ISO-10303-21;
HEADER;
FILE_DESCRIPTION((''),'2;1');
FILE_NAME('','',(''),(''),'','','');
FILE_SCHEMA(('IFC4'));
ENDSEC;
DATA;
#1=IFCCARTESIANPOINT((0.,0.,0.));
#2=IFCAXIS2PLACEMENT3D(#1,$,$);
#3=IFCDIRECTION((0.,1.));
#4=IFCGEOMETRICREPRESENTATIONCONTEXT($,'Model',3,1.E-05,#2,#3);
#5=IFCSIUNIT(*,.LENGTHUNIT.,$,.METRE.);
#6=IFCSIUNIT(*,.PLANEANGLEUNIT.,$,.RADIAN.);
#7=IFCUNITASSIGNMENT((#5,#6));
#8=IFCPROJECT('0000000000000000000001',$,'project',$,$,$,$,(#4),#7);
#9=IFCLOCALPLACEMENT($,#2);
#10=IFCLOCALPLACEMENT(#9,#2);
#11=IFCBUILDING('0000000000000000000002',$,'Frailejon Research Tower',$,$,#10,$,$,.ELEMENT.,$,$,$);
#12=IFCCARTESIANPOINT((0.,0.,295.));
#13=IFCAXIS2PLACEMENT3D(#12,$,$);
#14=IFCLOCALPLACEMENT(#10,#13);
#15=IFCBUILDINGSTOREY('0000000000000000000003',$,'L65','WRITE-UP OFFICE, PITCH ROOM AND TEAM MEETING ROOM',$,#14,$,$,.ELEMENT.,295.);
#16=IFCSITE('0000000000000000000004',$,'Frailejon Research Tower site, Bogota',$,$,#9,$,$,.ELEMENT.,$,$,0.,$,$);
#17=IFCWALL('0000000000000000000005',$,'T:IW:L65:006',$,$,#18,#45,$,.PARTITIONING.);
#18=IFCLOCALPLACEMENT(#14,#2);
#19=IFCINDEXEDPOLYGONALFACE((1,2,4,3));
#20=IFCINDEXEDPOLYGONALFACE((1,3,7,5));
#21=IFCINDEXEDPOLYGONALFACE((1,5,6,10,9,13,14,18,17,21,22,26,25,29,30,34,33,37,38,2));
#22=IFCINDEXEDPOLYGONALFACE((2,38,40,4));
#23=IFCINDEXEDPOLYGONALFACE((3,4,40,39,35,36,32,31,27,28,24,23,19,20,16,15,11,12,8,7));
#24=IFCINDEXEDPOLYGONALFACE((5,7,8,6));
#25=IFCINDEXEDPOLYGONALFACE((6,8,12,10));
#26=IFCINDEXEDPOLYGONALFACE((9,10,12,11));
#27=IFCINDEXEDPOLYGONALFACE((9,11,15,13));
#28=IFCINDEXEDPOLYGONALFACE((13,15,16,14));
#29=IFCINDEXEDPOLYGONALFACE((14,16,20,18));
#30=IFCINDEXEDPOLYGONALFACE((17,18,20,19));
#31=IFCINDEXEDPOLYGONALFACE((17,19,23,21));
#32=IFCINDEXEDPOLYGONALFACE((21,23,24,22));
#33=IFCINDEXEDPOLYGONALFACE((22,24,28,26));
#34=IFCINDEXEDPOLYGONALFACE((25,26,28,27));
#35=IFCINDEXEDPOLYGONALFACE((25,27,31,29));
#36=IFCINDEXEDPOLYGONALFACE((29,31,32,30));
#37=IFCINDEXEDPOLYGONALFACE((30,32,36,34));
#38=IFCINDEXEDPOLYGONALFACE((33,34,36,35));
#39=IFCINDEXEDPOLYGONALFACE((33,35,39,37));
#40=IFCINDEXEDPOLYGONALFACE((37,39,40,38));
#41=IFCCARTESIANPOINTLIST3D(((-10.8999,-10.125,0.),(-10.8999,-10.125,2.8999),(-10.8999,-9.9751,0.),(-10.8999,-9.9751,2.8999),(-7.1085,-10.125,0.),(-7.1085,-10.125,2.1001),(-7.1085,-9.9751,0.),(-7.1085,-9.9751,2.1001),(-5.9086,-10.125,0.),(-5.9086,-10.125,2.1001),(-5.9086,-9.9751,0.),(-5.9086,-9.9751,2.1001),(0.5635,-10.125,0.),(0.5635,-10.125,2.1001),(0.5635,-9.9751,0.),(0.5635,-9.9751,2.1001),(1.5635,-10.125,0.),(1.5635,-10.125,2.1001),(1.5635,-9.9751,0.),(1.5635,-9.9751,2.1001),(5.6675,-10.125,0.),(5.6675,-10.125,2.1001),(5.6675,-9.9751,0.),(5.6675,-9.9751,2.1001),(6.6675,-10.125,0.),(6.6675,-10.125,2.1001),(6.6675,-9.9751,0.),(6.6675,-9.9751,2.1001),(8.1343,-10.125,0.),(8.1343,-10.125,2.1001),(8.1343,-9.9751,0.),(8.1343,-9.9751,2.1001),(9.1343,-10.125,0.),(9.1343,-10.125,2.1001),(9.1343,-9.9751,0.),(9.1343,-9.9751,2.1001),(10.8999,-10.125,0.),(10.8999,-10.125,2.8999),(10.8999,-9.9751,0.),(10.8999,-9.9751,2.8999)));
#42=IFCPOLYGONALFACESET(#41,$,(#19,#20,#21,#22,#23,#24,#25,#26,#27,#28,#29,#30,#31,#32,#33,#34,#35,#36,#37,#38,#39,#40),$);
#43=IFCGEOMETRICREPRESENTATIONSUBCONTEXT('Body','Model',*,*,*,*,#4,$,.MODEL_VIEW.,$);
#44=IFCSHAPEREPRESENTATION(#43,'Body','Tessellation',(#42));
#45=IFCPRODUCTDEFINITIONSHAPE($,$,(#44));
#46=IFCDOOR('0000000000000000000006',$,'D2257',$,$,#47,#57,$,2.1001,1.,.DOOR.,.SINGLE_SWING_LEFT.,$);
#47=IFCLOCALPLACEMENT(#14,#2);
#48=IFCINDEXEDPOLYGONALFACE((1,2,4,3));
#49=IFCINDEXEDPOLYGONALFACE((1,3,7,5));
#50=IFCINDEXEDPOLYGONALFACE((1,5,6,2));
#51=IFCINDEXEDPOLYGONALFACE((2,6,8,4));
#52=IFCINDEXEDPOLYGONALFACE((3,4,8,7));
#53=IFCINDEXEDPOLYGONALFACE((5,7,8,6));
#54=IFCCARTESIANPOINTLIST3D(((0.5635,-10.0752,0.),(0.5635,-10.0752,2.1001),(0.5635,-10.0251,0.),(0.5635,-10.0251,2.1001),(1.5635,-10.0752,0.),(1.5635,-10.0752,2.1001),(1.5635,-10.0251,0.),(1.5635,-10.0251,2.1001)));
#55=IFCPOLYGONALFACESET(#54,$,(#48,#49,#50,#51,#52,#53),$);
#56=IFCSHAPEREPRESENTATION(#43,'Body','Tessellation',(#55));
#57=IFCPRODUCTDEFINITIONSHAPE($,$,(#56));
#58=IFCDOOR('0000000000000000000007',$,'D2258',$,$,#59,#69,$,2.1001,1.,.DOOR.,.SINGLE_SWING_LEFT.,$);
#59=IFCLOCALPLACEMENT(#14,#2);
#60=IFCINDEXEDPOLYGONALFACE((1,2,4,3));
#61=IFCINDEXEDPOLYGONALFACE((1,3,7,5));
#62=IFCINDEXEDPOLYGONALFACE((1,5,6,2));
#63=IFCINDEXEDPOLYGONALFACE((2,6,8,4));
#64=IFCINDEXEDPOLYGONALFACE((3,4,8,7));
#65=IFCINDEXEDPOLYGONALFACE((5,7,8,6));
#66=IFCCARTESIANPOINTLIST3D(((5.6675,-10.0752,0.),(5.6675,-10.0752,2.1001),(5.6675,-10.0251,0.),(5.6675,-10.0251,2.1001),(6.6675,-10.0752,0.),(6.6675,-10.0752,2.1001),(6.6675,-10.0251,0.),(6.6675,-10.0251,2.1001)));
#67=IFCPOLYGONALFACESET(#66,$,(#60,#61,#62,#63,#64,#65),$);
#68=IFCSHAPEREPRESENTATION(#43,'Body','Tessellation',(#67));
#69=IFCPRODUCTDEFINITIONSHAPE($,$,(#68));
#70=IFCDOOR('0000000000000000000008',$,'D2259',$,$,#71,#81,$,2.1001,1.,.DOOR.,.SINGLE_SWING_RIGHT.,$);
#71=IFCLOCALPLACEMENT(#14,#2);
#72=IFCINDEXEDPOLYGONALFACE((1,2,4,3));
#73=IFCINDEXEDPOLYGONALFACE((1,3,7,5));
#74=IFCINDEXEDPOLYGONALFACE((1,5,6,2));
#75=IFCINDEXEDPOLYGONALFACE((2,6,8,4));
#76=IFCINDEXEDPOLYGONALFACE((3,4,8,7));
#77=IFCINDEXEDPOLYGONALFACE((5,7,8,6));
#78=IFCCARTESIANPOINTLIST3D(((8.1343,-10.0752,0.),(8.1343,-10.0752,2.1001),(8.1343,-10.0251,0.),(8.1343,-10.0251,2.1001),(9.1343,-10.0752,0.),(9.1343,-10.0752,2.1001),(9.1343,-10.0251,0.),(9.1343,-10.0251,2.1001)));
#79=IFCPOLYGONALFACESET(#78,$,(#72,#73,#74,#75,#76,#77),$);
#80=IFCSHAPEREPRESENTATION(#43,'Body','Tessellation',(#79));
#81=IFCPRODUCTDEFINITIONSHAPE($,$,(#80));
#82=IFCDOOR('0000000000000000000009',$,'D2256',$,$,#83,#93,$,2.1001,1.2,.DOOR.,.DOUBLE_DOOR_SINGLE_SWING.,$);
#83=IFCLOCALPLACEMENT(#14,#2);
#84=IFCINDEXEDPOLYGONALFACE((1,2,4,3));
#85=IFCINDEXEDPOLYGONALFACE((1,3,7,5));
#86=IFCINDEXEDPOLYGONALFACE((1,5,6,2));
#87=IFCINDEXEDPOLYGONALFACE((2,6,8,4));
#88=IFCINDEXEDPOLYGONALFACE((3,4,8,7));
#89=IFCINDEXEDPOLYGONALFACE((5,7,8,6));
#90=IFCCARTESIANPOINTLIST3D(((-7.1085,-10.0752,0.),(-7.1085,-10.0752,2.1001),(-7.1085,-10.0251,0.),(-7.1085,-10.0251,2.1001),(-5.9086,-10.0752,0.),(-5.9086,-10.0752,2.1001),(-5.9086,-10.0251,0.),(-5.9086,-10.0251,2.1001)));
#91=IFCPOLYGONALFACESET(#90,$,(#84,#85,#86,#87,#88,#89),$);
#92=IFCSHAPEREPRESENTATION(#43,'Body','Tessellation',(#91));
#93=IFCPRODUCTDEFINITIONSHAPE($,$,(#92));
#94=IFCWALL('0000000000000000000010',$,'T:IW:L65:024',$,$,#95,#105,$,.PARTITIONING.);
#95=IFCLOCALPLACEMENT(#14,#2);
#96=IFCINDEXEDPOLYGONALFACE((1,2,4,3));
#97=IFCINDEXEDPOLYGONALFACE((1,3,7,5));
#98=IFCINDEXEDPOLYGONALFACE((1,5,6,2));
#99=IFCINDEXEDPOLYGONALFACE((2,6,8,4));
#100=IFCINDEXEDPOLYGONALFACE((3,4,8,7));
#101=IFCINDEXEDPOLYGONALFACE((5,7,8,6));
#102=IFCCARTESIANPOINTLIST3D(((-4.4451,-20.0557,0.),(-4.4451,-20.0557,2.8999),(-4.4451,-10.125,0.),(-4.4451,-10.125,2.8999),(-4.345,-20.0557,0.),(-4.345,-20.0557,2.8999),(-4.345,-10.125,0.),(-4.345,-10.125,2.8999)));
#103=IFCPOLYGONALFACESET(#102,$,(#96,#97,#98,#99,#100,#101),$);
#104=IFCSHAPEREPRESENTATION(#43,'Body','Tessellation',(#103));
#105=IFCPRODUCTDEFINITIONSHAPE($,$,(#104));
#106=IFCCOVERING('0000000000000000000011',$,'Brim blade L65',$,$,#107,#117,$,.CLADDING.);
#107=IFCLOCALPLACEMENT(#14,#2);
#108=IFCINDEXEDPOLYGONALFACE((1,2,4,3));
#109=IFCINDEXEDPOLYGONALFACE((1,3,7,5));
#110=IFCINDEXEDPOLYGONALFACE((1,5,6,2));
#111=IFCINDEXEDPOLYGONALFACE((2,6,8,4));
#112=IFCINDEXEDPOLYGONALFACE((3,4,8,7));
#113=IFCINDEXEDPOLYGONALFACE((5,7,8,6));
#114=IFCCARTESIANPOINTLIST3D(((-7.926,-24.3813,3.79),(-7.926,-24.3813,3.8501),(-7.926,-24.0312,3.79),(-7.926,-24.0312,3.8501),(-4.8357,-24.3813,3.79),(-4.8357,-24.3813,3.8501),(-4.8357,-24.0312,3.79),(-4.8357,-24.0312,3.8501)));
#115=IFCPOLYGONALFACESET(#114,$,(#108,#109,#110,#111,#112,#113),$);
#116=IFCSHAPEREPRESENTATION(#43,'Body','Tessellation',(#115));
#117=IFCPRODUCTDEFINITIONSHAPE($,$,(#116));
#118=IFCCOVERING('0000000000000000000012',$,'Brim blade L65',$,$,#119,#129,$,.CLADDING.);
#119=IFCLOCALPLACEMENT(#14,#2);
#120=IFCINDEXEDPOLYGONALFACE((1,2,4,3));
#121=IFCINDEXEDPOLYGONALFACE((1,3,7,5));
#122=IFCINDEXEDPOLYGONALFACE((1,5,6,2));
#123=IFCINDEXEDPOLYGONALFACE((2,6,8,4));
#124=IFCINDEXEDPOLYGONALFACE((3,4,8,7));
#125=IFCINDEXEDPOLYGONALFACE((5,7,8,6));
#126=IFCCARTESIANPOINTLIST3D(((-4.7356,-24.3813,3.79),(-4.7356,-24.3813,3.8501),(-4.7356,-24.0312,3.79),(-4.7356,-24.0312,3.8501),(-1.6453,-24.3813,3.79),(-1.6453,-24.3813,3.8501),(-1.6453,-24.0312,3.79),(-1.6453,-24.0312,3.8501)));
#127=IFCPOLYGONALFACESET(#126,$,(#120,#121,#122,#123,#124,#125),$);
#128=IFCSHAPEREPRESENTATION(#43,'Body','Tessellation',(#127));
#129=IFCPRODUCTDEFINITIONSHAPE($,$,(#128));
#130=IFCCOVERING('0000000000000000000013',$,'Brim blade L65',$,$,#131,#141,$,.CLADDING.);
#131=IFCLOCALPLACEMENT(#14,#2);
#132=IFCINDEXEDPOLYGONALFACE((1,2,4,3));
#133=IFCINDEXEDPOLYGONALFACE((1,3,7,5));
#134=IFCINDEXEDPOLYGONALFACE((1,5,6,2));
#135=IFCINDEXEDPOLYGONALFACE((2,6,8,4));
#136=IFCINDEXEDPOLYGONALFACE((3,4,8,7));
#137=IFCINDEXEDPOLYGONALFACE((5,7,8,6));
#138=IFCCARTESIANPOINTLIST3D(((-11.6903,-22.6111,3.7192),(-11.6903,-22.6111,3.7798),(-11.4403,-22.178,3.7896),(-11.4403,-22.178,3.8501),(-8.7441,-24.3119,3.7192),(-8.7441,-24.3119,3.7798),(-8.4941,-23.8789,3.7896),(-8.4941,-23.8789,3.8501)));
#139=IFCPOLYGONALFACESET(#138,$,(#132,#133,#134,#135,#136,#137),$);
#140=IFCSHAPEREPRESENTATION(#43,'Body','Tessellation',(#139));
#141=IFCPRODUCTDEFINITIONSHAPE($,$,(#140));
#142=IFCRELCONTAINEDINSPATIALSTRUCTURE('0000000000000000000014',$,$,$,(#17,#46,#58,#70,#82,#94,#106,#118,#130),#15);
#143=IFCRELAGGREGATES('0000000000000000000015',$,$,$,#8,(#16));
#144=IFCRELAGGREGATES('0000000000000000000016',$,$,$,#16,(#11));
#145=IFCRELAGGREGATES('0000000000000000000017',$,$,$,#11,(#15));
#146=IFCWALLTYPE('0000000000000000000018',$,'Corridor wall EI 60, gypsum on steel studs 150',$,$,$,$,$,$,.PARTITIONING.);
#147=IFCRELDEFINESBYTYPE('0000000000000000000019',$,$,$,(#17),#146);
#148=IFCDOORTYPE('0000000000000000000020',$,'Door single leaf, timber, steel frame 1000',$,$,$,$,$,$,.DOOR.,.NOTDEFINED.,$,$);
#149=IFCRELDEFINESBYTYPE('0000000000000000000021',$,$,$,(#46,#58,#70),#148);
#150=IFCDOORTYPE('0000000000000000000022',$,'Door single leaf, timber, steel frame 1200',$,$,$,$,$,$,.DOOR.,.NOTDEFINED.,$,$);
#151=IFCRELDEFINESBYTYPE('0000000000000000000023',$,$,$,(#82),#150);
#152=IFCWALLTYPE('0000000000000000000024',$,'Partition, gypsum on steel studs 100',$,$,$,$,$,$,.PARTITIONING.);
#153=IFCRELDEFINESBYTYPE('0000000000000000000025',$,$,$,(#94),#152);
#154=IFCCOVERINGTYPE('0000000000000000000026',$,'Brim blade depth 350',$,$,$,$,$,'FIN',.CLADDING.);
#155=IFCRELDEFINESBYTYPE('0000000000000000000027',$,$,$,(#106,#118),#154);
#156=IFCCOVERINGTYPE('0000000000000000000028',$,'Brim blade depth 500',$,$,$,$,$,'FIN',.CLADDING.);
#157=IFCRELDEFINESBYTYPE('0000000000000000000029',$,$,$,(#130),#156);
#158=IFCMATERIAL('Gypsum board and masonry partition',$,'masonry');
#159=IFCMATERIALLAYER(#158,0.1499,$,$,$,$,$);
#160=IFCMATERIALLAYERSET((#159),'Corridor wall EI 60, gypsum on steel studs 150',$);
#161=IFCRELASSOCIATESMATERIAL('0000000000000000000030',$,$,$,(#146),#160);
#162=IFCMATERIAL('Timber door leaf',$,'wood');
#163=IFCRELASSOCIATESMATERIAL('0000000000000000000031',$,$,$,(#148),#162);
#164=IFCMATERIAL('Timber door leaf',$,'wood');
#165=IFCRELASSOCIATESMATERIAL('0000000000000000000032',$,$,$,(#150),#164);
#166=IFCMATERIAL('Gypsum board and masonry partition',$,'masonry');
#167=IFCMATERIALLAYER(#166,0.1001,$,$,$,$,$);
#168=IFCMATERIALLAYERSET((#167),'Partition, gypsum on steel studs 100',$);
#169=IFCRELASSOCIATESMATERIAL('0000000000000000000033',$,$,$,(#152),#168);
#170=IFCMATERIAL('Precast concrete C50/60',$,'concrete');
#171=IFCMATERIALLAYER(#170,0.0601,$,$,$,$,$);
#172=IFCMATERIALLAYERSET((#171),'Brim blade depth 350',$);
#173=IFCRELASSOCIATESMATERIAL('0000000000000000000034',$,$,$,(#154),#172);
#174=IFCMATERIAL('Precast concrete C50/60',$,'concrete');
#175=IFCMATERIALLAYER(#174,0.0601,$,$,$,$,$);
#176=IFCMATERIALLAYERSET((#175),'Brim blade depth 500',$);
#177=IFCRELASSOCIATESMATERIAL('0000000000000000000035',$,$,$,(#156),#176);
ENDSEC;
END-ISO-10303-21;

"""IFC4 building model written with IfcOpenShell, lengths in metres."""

from ifc_helpers import new_model, si_unit, direction, frame, frame_2d, origin, place, context, subcontext, project, spatial, polyline, rectangle, outline, extrude, material, layer, layer_set, type_object, element, fill, save


model = new_model("IFC4")

# Units and contexts
model_context = context("Model", 3, precision=1e-05, world=origin(), true_north=direction((0.0, 1.0)))
body_context = subcontext(model_context, "Body", "Model", "MODEL_VIEW")
ifc_project = project(units=[si_unit("LENGTHUNIT", "METRE"), si_unit("PLANEANGLEUNIT", "RADIAN")], contexts=[model_context])

# Site, building, storey
site_placement = place(None, origin())
site = spatial("IfcSite", under=ifc_project, at=site_placement, Name="Frailejon Research Tower site, Bogota", CompositionType="ELEMENT", RefElevation=0.0)
building_placement = place(site_placement, origin())
building = spatial("IfcBuilding", under=site, at=building_placement, Name="Frailejon Research Tower", CompositionType="ELEMENT")
storey_placement = place(building_placement, frame((0.0, 0.0, 295.0)))
storey = spatial("IfcBuildingStorey", under=building, at=storey_placement, Name="L65", Description="WRITE-UP OFFICE, PITCH ROOM AND TEAM MEETING ROOM", CompositionType="ELEMENT", Elevation=295.0)

# Wall, openings, doors
ifc_material_1 = material(Name="Gypsum board and masonry partition", Category="masonry")
ifc_layer_1 = layer(ifc_material_1, 0.1499)
ifc_layer_set_1 = layer_set([ifc_layer_1], Name="Corridor wall EI 60, gypsum on steel studs 150")
wall_type_1 = type_object("IfcWallType", Name="Corridor wall EI 60, gypsum on steel studs 150", PredefinedType="PARTITIONING", material=ifc_layer_set_1)
wall_1_placement = place(storey_placement, frame((-10.8999, -10.05, 0.0), z_axis=(0.0, 0.0, 1.0), x_axis=(1.0, 0.0, 0.0)))
wall_1 = element("IfcWall", 1, at=wall_1_placement, inside=storey, type_object=wall_type_1, Name="T:IW:L65:006", PredefinedType="PARTITIONING", context=body_context, shape_type="SweptSolid", body=[
    extrude(rectangle(XDim=21.7998, YDim=0.1499, at=frame_2d((10.8999, 0.0))), origin(), (0.0, 0.0, 1.0), 2.8999),
])
opening_1_placement = place(wall_1_placement, frame((3.7913, 0.0, 0.0)))
opening_1 = element("IfcOpeningElement", 2, at=opening_1_placement, cuts=wall_1, PredefinedType="OPENING", context=body_context, shape_type="SweptSolid", body=[
    extrude(rectangle(XDim=1.2, YDim=2.1001, at=frame_2d((0.6001, 1.05))), frame((0.0, 0.085, 0.0), z_axis=(0.0, -1.0, 0.0), x_axis=(1.0, 0.0, 0.0)), (0.0, 0.0, 1.0), 0.1699),
])
opening_2_placement = place(wall_1_placement, frame((11.4634, 0.0, 0.0)))
opening_2 = element("IfcOpeningElement", 3, at=opening_2_placement, cuts=wall_1, PredefinedType="OPENING", context=body_context, shape_type="SweptSolid", body=[
    extrude(rectangle(XDim=1.0, YDim=2.1001, at=frame_2d((0.5, 1.05))), frame((0.0, 0.085, 0.0), z_axis=(0.0, -1.0, 0.0), x_axis=(1.0, 0.0, 0.0)), (0.0, 0.0, 1.0), 0.1699),
])
opening_3_placement = place(wall_1_placement, frame((16.5674, 0.0, 0.0)))
opening_3 = element("IfcOpeningElement", 4, at=opening_3_placement, cuts=wall_1, PredefinedType="OPENING", context=body_context, shape_type="SweptSolid", body=[
    extrude(rectangle(XDim=1.0, YDim=2.1001, at=frame_2d((0.5, 1.05))), frame((0.0, 0.085, 0.0), z_axis=(0.0, -1.0, 0.0), x_axis=(1.0, 0.0, 0.0)), (0.0, 0.0, 1.0), 0.1699),
])
opening_4_placement = place(wall_1_placement, frame((19.0342, 0.0, 0.0)))
opening_4 = element("IfcOpeningElement", 5, at=opening_4_placement, cuts=wall_1, PredefinedType="OPENING", context=body_context, shape_type="SweptSolid", body=[
    extrude(rectangle(XDim=1.0, YDim=2.1001, at=frame_2d((0.5, 1.05))), frame((0.0, 0.085, 0.0), z_axis=(0.0, -1.0, 0.0), x_axis=(1.0, 0.0, 0.0)), (0.0, 0.0, 1.0), 0.1699),
])
ifc_material_2 = material(Name="Timber door leaf", Category="wood")
door_type_1 = type_object("IfcDoorType", Name="Door single leaf, timber, steel frame 1000", OperationType="NOTDEFINED", PredefinedType="DOOR", material=ifc_material_2)
door_1_placement = place(opening_2_placement, origin())
door_1 = element("IfcDoor", 6, at=door_1_placement, inside=storey, type_object=door_type_1, Name="D2257", OperationType="SINGLE_SWING_LEFT", OverallHeight=2.1001, OverallWidth=1.0, PredefinedType="DOOR", context=body_context, shape_type="SweptSolid", body=[
    extrude(rectangle(XDim=1.0, YDim=2.1001, at=frame_2d((0.5, 1.05))), frame((0.0, 0.0249, 0.0), z_axis=(0.0, -1.0, 0.0), x_axis=(1.0, 0.0, 0.0)), (0.0, 0.0, 1.0), 0.05),
])
fill(opening_2, door_1)
door_2_placement = place(opening_3_placement, origin())
door_2 = element("IfcDoor", 7, at=door_2_placement, inside=storey, type_object=door_type_1, Name="D2258", OperationType="SINGLE_SWING_LEFT", OverallHeight=2.1001, OverallWidth=1.0, PredefinedType="DOOR", context=body_context, shape_type="SweptSolid", body=[
    extrude(rectangle(XDim=1.0, YDim=2.1001, at=frame_2d((0.5, 1.05))), frame((0.0, 0.0249, 0.0), z_axis=(0.0, -1.0, 0.0), x_axis=(1.0, 0.0, 0.0)), (0.0, 0.0, 1.0), 0.05),
])
fill(opening_3, door_2)
door_3_placement = place(opening_4_placement, origin())
door_3 = element("IfcDoor", 8, at=door_3_placement, inside=storey, type_object=door_type_1, Name="D2259", OperationType="SINGLE_SWING_RIGHT", OverallHeight=2.1001, OverallWidth=1.0, PredefinedType="DOOR", context=body_context, shape_type="SweptSolid", body=[
    extrude(rectangle(XDim=1.0, YDim=2.1001, at=frame_2d((0.5, 1.05))), frame((0.0, 0.0249, 0.0), z_axis=(0.0, -1.0, 0.0), x_axis=(1.0, 0.0, 0.0)), (0.0, 0.0, 1.0), 0.05),
])
fill(opening_4, door_3)
ifc_material_3 = material(Name="Timber door leaf", Category="wood")
door_type_2 = type_object("IfcDoorType", Name="Door single leaf, timber, steel frame 1200", OperationType="NOTDEFINED", PredefinedType="DOOR", material=ifc_material_3)
door_4_placement = place(opening_1_placement, origin())
door_4 = element("IfcDoor", 9, at=door_4_placement, inside=storey, type_object=door_type_2, Name="D2256", OperationType="DOUBLE_DOOR_SINGLE_SWING", OverallHeight=2.1001, OverallWidth=1.2, PredefinedType="DOOR", context=body_context, shape_type="SweptSolid", body=[
    extrude(rectangle(XDim=1.2, YDim=2.1001, at=frame_2d((0.6001, 1.05))), frame((0.0, 0.0249, 0.0), z_axis=(0.0, -1.0, 0.0), x_axis=(1.0, 0.0, 0.0)), (0.0, 0.0, 1.0), 0.05),
])
fill(opening_1, door_4)

# Wall
ifc_material_4 = material(Name="Gypsum board and masonry partition", Category="masonry")
ifc_layer_2 = layer(ifc_material_4, 0.1001)
ifc_layer_set_2 = layer_set([ifc_layer_2], Name="Partition, gypsum on steel studs 100")
wall_type_2 = type_object("IfcWallType", Name="Partition, gypsum on steel studs 100", PredefinedType="PARTITIONING", material=ifc_layer_set_2)
wall_2_placement = place(storey_placement, frame((-4.395, -20.0557, 0.0), z_axis=(0.0, 0.0, 1.0), x_axis=(0.0, 1.0, 0.0)))
element("IfcWall", 10, at=wall_2_placement, inside=storey, type_object=wall_type_2, Name="T:IW:L65:024", PredefinedType="PARTITIONING", context=body_context, shape_type="SweptSolid", body=[
    extrude(rectangle(XDim=9.9307, YDim=0.1001, at=frame_2d((4.9653, 0.0))), origin(), (0.0, 0.0, 1.0), 2.8999),
])

# Coverings
ifc_material_5 = material(Name="Precast concrete C50/60", Category="concrete")
ifc_layer_3 = layer(ifc_material_5, 0.0601)
ifc_layer_set_3 = layer_set([ifc_layer_3], Name="Brim blade depth 350")
covering_type_1 = type_object("IfcCoveringType", Name="Brim blade depth 350", ElementType="FIN", PredefinedType="CLADDING", material=ifc_layer_set_3)
for number, where, z_axis, x_axis, name in (
    (11, (-4.8357, -24.0312, 3.8501), (-1.0, 0.0, 0.0), (0.0, -1.0, 0.0), "Brim blade L65"),
    (12, (-1.6453, -24.0312, 3.8501), (-1.0, 0.0, 0.0), (0.0, -1.0, 0.0), "Brim blade L65"),
):
    element("IfcCovering", number, at=place(storey_placement, frame(where, z_axis=z_axis, x_axis=x_axis)), inside=storey, type_object=covering_type_1, Name=name, PredefinedType="CLADDING", context=body_context, shape_type="SweptSolid", body=[
        extrude(outline(polyline([(0.0, -0.0601), (0.3501, -0.0601), (0.3501, 0.0), (0.0, 0.0), (0.0, -0.0601)])), origin(), (0.0, 0.0, 1.0), 3.0903),
    ])
ifc_material_6 = material(Name="Precast concrete C50/60", Category="concrete")
ifc_layer_4 = layer(ifc_material_6, 0.0601)
ifc_layer_set_4 = layer_set([ifc_layer_4], Name="Brim blade depth 500")
covering_type_2 = type_object("IfcCoveringType", Name="Brim blade depth 500", ElementType="FIN", PredefinedType="CLADDING", material=ifc_layer_set_4)
covering_placement = place(storey_placement, frame((-8.4941, -23.8789, 3.8501), z_axis=(-0.866036, 0.499981, 0.0), x_axis=(-0.499981, -0.866036, 0.0)))
element("IfcCovering", 13, at=covering_placement, inside=storey, type_object=covering_type_2, Name="Brim blade L65", PredefinedType="CLADDING", context=body_context, shape_type="SweptSolid", body=[
    extrude(outline(polyline([(0.0, -0.0605), (0.5, -0.1309), (0.5, -0.0703), (0.0, 0.0), (0.0, -0.0605)])), origin(), (0.0, 0.0, 1.0), 3.4019),
])

save(model, "model.ifc")
